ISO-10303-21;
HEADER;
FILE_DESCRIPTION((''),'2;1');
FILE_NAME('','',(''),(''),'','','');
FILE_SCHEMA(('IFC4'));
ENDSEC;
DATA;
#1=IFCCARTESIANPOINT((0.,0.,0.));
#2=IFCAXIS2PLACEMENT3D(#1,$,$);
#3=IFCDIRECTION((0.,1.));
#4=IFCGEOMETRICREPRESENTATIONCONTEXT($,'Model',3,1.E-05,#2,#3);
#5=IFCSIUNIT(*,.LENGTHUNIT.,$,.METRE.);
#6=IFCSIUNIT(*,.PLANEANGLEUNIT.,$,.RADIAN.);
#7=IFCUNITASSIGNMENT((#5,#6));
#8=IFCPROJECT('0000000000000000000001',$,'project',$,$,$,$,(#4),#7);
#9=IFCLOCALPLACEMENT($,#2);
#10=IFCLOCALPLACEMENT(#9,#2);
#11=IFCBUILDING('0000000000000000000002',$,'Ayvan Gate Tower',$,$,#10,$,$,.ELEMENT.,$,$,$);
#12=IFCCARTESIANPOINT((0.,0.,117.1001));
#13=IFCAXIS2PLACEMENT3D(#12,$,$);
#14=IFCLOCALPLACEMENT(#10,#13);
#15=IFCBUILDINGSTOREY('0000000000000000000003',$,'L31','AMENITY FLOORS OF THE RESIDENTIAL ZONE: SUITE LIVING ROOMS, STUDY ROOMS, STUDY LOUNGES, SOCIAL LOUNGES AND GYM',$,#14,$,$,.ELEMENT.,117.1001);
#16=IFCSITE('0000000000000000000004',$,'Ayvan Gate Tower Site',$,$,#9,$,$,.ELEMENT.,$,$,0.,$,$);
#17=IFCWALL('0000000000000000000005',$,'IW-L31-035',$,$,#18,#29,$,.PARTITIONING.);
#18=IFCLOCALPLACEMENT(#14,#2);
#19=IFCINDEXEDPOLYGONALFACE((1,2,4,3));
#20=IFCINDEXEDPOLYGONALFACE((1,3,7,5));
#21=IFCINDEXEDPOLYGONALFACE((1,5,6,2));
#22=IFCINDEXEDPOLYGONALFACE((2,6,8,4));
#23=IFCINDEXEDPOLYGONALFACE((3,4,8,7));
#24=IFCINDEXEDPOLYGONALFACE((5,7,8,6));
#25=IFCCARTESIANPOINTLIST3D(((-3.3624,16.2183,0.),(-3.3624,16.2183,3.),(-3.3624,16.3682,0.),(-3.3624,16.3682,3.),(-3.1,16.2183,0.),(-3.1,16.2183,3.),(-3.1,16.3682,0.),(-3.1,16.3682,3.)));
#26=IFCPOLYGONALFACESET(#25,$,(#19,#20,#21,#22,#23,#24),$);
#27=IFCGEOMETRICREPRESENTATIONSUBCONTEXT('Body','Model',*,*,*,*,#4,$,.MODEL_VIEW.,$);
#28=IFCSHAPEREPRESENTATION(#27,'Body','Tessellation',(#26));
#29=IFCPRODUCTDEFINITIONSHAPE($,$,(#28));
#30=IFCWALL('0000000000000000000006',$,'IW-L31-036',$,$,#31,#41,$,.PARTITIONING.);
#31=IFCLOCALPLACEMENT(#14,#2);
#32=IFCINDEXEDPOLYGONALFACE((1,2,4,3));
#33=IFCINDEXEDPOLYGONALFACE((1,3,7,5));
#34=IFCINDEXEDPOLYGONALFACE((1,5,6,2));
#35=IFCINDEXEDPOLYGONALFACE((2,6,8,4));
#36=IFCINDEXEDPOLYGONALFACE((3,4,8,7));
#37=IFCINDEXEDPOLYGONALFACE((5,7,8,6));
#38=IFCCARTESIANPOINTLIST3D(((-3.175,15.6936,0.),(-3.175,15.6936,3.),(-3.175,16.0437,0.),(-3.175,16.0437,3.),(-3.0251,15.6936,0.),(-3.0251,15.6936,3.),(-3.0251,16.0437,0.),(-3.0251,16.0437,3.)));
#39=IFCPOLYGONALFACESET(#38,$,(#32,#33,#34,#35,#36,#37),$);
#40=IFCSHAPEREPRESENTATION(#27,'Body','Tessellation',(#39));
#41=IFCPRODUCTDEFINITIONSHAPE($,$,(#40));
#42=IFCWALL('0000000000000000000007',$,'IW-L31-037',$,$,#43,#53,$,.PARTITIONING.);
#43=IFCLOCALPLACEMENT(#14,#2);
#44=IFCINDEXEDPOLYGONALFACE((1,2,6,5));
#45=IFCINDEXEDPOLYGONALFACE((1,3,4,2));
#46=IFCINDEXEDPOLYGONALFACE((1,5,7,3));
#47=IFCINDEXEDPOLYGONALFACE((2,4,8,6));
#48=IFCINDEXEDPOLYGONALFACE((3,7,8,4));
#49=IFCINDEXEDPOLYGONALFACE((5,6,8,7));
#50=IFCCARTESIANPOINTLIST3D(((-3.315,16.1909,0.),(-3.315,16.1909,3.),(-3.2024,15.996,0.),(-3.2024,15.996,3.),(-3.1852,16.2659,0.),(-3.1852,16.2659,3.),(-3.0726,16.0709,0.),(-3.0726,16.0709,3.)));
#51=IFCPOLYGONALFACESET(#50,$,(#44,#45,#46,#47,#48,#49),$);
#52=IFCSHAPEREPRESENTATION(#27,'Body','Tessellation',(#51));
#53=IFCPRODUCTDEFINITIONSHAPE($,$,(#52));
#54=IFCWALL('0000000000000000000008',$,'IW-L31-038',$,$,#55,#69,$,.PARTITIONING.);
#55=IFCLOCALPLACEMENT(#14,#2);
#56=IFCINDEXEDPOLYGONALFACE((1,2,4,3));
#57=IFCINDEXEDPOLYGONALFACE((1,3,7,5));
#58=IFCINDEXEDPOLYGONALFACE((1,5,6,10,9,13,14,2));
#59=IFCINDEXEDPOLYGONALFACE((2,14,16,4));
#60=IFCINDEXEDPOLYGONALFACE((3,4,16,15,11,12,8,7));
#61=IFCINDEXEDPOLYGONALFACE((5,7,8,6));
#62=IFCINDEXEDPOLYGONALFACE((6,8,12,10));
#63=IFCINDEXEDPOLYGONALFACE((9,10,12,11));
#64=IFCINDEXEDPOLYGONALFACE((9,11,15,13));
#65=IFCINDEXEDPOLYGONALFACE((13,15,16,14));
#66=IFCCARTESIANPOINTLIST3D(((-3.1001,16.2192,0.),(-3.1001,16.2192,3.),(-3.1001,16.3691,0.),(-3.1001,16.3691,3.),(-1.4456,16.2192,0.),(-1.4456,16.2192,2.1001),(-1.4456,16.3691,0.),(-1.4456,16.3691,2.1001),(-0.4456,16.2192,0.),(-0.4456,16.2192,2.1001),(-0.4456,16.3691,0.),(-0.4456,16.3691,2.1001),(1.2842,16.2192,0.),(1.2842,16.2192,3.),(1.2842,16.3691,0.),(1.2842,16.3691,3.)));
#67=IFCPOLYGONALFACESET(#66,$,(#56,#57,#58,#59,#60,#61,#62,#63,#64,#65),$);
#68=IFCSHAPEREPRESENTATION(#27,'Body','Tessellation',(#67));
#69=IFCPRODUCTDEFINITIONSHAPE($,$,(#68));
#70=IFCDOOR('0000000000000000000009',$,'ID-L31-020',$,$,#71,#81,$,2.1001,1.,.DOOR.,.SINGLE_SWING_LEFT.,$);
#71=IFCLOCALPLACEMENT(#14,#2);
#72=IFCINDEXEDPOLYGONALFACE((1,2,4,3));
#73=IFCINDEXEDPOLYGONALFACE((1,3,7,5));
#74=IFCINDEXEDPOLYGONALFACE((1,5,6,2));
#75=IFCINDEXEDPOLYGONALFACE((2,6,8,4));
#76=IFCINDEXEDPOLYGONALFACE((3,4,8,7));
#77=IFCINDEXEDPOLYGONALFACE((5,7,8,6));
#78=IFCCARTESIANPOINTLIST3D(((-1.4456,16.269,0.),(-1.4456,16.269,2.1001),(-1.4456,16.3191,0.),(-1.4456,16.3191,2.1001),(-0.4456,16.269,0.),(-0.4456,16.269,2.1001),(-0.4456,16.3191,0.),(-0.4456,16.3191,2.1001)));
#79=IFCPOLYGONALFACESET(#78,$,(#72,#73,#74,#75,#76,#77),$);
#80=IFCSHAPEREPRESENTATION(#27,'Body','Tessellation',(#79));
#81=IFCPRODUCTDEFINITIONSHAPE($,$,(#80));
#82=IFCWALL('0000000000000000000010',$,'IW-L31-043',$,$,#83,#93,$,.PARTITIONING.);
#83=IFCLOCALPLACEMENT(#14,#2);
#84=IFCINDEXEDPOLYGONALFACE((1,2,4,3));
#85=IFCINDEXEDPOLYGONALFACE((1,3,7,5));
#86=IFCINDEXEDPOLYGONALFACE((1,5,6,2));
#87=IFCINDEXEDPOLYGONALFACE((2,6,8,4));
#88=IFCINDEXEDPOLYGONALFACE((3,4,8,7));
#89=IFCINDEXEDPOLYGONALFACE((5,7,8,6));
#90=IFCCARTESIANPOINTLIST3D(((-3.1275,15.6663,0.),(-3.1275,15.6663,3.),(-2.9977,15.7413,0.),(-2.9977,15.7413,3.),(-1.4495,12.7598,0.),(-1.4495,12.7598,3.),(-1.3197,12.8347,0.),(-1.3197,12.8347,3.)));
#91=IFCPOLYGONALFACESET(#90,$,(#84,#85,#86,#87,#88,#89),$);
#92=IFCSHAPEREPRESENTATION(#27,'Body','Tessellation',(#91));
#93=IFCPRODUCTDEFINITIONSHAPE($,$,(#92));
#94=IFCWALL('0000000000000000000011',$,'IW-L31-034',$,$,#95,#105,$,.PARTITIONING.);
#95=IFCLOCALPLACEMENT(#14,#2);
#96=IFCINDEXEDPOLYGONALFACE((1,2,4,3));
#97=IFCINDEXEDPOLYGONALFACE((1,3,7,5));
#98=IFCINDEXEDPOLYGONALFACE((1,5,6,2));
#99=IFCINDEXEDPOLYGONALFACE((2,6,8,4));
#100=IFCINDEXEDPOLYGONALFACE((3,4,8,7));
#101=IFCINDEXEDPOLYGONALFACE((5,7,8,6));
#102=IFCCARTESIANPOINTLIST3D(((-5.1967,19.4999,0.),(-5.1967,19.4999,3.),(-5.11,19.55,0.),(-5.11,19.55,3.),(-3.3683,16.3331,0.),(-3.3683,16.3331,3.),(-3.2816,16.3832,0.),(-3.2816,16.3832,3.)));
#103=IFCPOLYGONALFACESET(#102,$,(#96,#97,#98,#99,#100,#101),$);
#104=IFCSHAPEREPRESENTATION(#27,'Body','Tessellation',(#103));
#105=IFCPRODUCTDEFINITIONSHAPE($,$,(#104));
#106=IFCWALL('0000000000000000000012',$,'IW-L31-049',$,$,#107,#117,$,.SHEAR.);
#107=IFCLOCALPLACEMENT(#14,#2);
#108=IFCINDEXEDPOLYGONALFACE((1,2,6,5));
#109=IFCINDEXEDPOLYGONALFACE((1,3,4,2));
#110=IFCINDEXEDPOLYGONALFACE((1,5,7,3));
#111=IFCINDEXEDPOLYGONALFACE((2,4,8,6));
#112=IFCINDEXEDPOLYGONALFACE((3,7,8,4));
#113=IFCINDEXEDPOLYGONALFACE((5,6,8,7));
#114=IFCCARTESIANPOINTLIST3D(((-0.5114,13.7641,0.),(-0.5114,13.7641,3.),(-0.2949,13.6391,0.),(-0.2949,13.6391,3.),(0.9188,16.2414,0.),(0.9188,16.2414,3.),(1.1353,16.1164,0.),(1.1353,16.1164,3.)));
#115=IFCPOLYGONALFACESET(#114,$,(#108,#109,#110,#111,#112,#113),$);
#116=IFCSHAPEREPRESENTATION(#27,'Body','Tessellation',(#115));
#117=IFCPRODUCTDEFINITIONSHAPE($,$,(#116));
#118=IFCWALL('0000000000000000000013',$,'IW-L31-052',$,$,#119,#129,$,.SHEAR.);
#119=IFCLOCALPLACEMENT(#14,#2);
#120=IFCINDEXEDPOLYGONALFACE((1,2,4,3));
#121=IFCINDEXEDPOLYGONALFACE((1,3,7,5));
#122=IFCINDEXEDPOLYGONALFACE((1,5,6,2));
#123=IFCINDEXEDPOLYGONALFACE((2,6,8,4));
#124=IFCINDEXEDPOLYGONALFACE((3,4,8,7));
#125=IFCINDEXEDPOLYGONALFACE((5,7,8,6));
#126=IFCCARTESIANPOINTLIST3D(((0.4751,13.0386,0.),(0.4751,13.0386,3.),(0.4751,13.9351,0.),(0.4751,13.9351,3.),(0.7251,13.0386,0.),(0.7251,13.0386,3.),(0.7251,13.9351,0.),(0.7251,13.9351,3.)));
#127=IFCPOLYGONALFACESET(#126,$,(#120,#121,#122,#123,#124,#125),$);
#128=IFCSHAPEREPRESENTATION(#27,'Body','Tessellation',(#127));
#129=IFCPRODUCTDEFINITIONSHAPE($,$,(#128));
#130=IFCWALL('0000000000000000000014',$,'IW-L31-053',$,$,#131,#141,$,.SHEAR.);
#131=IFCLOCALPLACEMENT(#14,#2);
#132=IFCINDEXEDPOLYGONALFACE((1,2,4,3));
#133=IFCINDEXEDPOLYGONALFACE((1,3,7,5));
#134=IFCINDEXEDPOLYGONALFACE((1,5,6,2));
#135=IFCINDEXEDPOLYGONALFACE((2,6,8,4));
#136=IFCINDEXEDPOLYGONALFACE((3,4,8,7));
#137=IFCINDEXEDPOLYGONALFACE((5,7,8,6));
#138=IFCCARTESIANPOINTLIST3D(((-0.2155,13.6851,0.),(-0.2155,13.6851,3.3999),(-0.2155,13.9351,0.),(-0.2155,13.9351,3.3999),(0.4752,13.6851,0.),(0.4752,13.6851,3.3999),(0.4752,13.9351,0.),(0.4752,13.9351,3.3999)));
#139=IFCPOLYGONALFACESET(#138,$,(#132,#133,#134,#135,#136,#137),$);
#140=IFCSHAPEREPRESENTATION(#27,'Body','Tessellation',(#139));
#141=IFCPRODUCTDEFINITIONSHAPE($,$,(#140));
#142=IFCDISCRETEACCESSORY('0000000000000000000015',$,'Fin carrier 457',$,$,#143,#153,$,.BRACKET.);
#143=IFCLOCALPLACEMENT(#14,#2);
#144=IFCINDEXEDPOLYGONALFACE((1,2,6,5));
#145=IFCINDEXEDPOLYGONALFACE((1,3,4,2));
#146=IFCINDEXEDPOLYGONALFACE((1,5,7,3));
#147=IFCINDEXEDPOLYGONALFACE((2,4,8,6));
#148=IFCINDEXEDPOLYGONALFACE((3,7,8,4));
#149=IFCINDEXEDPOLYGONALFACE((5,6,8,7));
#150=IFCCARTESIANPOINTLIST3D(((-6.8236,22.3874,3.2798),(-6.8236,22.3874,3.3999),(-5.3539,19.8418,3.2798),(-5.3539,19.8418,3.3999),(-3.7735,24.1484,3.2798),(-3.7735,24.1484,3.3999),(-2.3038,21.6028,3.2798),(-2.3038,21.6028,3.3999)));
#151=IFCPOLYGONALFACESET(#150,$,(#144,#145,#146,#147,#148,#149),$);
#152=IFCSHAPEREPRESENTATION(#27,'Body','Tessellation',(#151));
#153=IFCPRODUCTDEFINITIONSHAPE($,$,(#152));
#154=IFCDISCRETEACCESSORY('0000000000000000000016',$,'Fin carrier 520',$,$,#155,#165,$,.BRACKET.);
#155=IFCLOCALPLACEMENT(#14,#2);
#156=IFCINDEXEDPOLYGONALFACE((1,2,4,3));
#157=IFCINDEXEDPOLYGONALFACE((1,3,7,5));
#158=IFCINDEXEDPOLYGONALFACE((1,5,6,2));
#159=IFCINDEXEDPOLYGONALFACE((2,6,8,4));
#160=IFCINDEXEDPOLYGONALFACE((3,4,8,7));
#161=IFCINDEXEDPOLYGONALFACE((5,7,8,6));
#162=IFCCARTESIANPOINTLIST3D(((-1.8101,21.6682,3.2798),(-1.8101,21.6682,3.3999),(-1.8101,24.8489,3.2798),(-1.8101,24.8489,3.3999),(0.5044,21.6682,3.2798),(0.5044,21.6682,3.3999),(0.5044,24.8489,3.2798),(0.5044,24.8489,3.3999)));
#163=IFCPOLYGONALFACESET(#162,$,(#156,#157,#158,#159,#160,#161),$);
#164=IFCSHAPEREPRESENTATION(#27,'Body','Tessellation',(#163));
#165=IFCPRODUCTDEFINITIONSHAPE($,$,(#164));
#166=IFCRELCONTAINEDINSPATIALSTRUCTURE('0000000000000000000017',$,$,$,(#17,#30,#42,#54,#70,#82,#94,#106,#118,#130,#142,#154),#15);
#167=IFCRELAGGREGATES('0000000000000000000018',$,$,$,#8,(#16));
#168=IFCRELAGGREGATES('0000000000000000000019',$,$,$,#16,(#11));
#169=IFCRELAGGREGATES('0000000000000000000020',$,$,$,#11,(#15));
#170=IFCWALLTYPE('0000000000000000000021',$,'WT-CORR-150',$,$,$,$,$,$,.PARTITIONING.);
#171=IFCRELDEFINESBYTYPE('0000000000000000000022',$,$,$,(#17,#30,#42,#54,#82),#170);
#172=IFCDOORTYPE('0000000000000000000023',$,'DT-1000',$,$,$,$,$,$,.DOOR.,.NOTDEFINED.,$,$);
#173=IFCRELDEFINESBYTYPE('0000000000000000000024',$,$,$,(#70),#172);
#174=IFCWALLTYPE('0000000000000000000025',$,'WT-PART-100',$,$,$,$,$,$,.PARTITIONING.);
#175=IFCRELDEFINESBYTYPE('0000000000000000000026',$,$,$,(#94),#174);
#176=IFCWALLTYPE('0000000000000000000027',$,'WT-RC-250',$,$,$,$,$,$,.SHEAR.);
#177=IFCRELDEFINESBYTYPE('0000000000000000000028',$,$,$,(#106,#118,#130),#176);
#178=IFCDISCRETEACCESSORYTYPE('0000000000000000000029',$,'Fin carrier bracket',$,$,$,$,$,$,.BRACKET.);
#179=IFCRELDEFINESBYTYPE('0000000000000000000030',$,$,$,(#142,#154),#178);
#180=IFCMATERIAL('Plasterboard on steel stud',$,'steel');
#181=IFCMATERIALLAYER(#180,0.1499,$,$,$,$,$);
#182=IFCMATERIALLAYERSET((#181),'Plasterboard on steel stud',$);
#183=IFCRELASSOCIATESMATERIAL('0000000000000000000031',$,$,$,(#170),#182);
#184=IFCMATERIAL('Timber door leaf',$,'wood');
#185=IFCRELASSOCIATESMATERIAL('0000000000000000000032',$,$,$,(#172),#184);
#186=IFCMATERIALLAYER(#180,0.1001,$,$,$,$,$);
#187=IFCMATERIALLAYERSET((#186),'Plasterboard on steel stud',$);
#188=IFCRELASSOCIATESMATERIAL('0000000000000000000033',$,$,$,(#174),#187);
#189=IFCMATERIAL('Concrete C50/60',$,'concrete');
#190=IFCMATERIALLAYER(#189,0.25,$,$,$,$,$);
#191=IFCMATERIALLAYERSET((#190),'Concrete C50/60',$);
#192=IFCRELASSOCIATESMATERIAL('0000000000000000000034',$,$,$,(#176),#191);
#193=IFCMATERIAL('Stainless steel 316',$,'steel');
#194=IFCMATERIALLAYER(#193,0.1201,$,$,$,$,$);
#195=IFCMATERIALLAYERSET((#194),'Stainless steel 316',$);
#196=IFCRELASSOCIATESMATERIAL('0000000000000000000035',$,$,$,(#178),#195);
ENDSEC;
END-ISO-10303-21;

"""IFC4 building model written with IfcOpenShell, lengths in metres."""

from ifc_helpers import new_model, si_unit, direction, frame, frame_2d, origin, origin_2d, place, context, subcontext, project, spatial, rectangle, extrude, material, layer, layer_set, type_object, element, fill, save


model = new_model("IFC4")

# Units and contexts
model_context = context("Model", 3, precision=1e-05, world=origin(), true_north=direction((0.0, 1.0)))
body_context = subcontext(model_context, "Body", "Model", "MODEL_VIEW")
ifc_project = project(units=[si_unit("LENGTHUNIT", "METRE"), si_unit("PLANEANGLEUNIT", "RADIAN")], contexts=[model_context])

# Site, building, storey
site_placement = place(None, origin())
site = spatial("IfcSite", under=ifc_project, at=site_placement, Name="Ayvan Gate Tower Site", CompositionType="ELEMENT", RefElevation=0.0)
building_placement = place(site_placement, origin())
building = spatial("IfcBuilding", under=site, at=building_placement, Name="Ayvan Gate Tower", CompositionType="ELEMENT")
storey_placement = place(building_placement, frame((0.0, 0.0, 117.1001)))
storey = spatial("IfcBuildingStorey", under=building, at=storey_placement, Name="L31", Description="AMENITY FLOORS OF THE RESIDENTIAL ZONE: SUITE LIVING ROOMS, STUDY ROOMS, STUDY LOUNGES, SOCIAL LOUNGES AND GYM", CompositionType="ELEMENT", Elevation=117.1001)

# Walls
ifc_material_1 = material(Name="Plasterboard on steel stud", Category="steel")
ifc_layer_1 = layer(ifc_material_1, 0.1499)
ifc_layer_set_1 = layer_set([ifc_layer_1], Name="Plasterboard on steel stud")
wall_type_1 = type_object("IfcWallType", Name="WT-CORR-150", PredefinedType="PARTITIONING", material=ifc_layer_set_1)
wall_1_placement = place(storey_placement, frame((-3.3625, 16.2932, 0.0), z_axis=(0.0, 0.0, 1.0), x_axis=(1.0, 0.0, 0.0)))
element("IfcWall", 1, at=wall_1_placement, inside=storey, type_object=wall_type_1, Name="IW-L31-035", PredefinedType="PARTITIONING", context=body_context, shape_type="SweptSolid", body=[
    extrude(rectangle(XDim=0.2625, YDim=0.1499, at=frame_2d((0.1313, 0.0))), origin(), (0.0, 0.0, 1.0), 3.0),
])
wall_2_placement = place(storey_placement, frame((-3.1001, 15.6936, 0.0), z_axis=(0.0, 0.0, 1.0), x_axis=(0.0, 1.0, 0.0)))
element("IfcWall", 2, at=wall_2_placement, inside=storey, type_object=wall_type_1, Name="IW-L31-036", PredefinedType="PARTITIONING", context=body_context, shape_type="SweptSolid", body=[
    extrude(rectangle(XDim=0.3501, YDim=0.1499, at=frame_2d((0.175, 0.0))), origin(), (0.0, 0.0, 1.0), 3.0),
])
wall_3_placement = place(storey_placement, frame((-3.1375, 16.0334, 0.0), z_axis=(0.0, 0.0, 1.0), x_axis=(-0.500223, 0.865896, 0.0)))
element("IfcWall", 3, at=wall_3_placement, inside=storey, type_object=wall_type_1, Name="IW-L31-037", PredefinedType="PARTITIONING", context=body_context, shape_type="SweptSolid", body=[
    extrude(rectangle(XDim=0.2251, YDim=0.1499, at=frame_2d((0.1125, 0.0))), origin(), (0.0, 0.0, 1.0), 3.0),
])

# Wall, opening, door
wall_4_placement = place(storey_placement, frame((-3.1001, 16.2942, 0.0), z_axis=(0.0, 0.0, 1.0), x_axis=(1.0, 0.0, 0.0)))
wall_4 = element("IfcWall", 4, at=wall_4_placement, inside=storey, type_object=wall_type_1, Name="IW-L31-038", PredefinedType="PARTITIONING", context=body_context, shape_type="SweptSolid", body=[
    extrude(rectangle(XDim=4.3843, YDim=0.1499, at=frame_2d((2.1921, 0.0))), origin(), (0.0, 0.0, 1.0), 3.0),
])
opening_placement = place(wall_4_placement, frame((1.6545, 0.0, 0.0)))
opening = element("IfcOpeningElement", 5, at=opening_placement, cuts=wall_4, PredefinedType="OPENING", context=body_context, shape_type="SweptSolid", body=[
    extrude(rectangle(XDim=1.0, YDim=2.1001, at=frame_2d((0.5, 1.05))), frame((0.0, 0.085, 0.0), z_axis=(0.0, -1.0, 0.0), x_axis=(1.0, 0.0, 0.0)), (0.0, 0.0, 1.0), 0.1699),
])
ifc_material_2 = material(Name="Timber door leaf", Category="wood")
door_type = type_object("IfcDoorType", Name="DT-1000", OperationType="NOTDEFINED", PredefinedType="DOOR", material=ifc_material_2)
door_placement = place(opening_placement, origin())
door = element("IfcDoor", 6, at=door_placement, inside=storey, type_object=door_type, Name="ID-L31-020", OperationType="SINGLE_SWING_LEFT", OverallHeight=2.1001, OverallWidth=1.0, PredefinedType="DOOR", context=body_context, shape_type="SweptSolid", body=[
    extrude(rectangle(XDim=1.0, YDim=2.1001, at=frame_2d((0.5, 1.05))), frame((0.0, 0.0249, 0.0), z_axis=(0.0, -1.0, 0.0), x_axis=(1.0, 0.0, 0.0)), (0.0, 0.0, 1.0), 0.05),
])
fill(opening, door)

# Walls
wall_5_placement = place(storey_placement, frame((-1.3845, 12.7971, 0.0), z_axis=(0.0, 0.0, 1.0), x_axis=(-0.499981, 0.866037, 0.0)))
element("IfcWall", 7, at=wall_5_placement, inside=storey, type_object=wall_type_1, Name="IW-L31-043", PredefinedType="PARTITIONING", context=body_context, shape_type="SweptSolid", body=[
    extrude(rectangle(XDim=3.3562, YDim=0.1499, at=frame_2d((1.6782, 0.0))), origin(), (0.0, 0.0, 1.0), 3.0),
])
ifc_layer_2 = layer(ifc_material_1, 0.1001)
ifc_layer_set_2 = layer_set([ifc_layer_2], Name="Plasterboard on steel stud")
wall_type_2 = type_object("IfcWallType", Name="WT-PART-100", PredefinedType="PARTITIONING", material=ifc_layer_set_2)
wall_6_placement = place(storey_placement, frame((-3.325, 16.3582, 0.0), z_axis=(0.0, 0.0, 1.0), x_axis=(-0.500009, 0.86602, 0.0)))
element("IfcWall", 8, at=wall_6_placement, inside=storey, type_object=wall_type_2, Name="IW-L31-034", PredefinedType="PARTITIONING", context=body_context, shape_type="SweptSolid", body=[
    extrude(rectangle(XDim=3.6567, YDim=0.1001, at=frame_2d((1.8284, 0.0))), origin(), (0.0, 0.0, 1.0), 3.0),
])
ifc_material_3 = material(Name="Concrete C50/60", Category="concrete")
ifc_layer_3 = layer(ifc_material_3, 0.25)
ifc_layer_set_3 = layer_set([ifc_layer_3], Name="Concrete C50/60")
wall_type_3 = type_object("IfcWallType", Name="WT-RC-250", PredefinedType="SHEAR", material=ifc_layer_set_3)
wall_7_placement = place(storey_placement, frame((-0.4031, 13.7017, 0.0), z_axis=(0.0, 0.0, 1.0), x_axis=(0.499976, 0.866039, 0.0)))
element("IfcWall", 9, at=wall_7_placement, inside=storey, type_object=wall_type_3, Name="IW-L31-049", PredefinedType="SHEAR", context=body_context, shape_type="SweptSolid", body=[
    extrude(rectangle(XDim=2.8606, YDim=0.25, at=frame_2d((1.4302, 0.0))), origin(), (0.0, 0.0, 1.0), 3.0),
])
wall_8_placement = place(storey_placement, frame((0.6001, 13.0386, 0.0), z_axis=(0.0, 0.0, 1.0), x_axis=(0.0, 1.0, 0.0)))
element("IfcWall", 10, at=wall_8_placement, inside=storey, type_object=wall_type_3, Name="IW-L31-052", PredefinedType="SHEAR", context=body_context, shape_type="SweptSolid", body=[
    extrude(rectangle(XDim=0.8965, YDim=0.25, at=frame_2d((0.4482, 0.0))), origin(), (0.0, 0.0, 1.0), 3.0),
])
wall_9_placement = place(storey_placement, frame((0.4751, 13.8101, 0.0), z_axis=(0.0, 0.0, 1.0), x_axis=(-1.0, 0.0, 0.0)))
element("IfcWall", 11, at=wall_9_placement, inside=storey, type_object=wall_type_3, Name="IW-L31-053", PredefinedType="SHEAR", context=body_context, shape_type="SweptSolid", body=[
    extrude(rectangle(XDim=0.6907, YDim=0.25, at=frame_2d((0.3452, 0.0))), origin(), (0.0, 0.0, 1.0), 3.3999),
])

# Discrete accessories
ifc_material_4 = material(Name="Stainless steel 316", Category="steel")
ifc_layer_4 = layer(ifc_material_4, 0.1201)
ifc_layer_set_4 = layer_set([ifc_layer_4], Name="Stainless steel 316")
discrete_accessory_type = type_object("IfcDiscreteAccessoryType", Name="Fin carrier bracket", PredefinedType="BRACKET", material=ifc_layer_set_4)
discrete_accessory_1_placement = place(storey_placement, frame((-4.5637, 21.9951, 3.2798), z_axis=(0.0, 0.0, 1.0), x_axis=(-0.866025, -0.5, 0.0)))
element("IfcDiscreteAccessory", 12, at=discrete_accessory_1_placement, inside=storey, type_object=discrete_accessory_type, Name="Fin carrier 457", PredefinedType="BRACKET", context=body_context, shape_type="SweptSolid", body=[
    extrude(rectangle(XDim=3.522, YDim=2.9395, at=origin_2d()), origin(), (0.0, 0.0, 1.0), 0.1201),
])
discrete_accessory_2_placement = place(storey_placement, frame((-0.6528, 23.2585, 3.2798), z_axis=(0.0, 0.0, 1.0), x_axis=(-1.0, 0.0, 0.0)))
element("IfcDiscreteAccessory", 13, at=discrete_accessory_2_placement, inside=storey, type_object=discrete_accessory_type, Name="Fin carrier 520", PredefinedType="BRACKET", context=body_context, shape_type="SweptSolid", body=[
    extrude(rectangle(XDim=2.3145, YDim=3.1807, at=origin_2d()), origin(), (0.0, 0.0, 1.0), 0.1201),
])

save(model, "model.ifc")
